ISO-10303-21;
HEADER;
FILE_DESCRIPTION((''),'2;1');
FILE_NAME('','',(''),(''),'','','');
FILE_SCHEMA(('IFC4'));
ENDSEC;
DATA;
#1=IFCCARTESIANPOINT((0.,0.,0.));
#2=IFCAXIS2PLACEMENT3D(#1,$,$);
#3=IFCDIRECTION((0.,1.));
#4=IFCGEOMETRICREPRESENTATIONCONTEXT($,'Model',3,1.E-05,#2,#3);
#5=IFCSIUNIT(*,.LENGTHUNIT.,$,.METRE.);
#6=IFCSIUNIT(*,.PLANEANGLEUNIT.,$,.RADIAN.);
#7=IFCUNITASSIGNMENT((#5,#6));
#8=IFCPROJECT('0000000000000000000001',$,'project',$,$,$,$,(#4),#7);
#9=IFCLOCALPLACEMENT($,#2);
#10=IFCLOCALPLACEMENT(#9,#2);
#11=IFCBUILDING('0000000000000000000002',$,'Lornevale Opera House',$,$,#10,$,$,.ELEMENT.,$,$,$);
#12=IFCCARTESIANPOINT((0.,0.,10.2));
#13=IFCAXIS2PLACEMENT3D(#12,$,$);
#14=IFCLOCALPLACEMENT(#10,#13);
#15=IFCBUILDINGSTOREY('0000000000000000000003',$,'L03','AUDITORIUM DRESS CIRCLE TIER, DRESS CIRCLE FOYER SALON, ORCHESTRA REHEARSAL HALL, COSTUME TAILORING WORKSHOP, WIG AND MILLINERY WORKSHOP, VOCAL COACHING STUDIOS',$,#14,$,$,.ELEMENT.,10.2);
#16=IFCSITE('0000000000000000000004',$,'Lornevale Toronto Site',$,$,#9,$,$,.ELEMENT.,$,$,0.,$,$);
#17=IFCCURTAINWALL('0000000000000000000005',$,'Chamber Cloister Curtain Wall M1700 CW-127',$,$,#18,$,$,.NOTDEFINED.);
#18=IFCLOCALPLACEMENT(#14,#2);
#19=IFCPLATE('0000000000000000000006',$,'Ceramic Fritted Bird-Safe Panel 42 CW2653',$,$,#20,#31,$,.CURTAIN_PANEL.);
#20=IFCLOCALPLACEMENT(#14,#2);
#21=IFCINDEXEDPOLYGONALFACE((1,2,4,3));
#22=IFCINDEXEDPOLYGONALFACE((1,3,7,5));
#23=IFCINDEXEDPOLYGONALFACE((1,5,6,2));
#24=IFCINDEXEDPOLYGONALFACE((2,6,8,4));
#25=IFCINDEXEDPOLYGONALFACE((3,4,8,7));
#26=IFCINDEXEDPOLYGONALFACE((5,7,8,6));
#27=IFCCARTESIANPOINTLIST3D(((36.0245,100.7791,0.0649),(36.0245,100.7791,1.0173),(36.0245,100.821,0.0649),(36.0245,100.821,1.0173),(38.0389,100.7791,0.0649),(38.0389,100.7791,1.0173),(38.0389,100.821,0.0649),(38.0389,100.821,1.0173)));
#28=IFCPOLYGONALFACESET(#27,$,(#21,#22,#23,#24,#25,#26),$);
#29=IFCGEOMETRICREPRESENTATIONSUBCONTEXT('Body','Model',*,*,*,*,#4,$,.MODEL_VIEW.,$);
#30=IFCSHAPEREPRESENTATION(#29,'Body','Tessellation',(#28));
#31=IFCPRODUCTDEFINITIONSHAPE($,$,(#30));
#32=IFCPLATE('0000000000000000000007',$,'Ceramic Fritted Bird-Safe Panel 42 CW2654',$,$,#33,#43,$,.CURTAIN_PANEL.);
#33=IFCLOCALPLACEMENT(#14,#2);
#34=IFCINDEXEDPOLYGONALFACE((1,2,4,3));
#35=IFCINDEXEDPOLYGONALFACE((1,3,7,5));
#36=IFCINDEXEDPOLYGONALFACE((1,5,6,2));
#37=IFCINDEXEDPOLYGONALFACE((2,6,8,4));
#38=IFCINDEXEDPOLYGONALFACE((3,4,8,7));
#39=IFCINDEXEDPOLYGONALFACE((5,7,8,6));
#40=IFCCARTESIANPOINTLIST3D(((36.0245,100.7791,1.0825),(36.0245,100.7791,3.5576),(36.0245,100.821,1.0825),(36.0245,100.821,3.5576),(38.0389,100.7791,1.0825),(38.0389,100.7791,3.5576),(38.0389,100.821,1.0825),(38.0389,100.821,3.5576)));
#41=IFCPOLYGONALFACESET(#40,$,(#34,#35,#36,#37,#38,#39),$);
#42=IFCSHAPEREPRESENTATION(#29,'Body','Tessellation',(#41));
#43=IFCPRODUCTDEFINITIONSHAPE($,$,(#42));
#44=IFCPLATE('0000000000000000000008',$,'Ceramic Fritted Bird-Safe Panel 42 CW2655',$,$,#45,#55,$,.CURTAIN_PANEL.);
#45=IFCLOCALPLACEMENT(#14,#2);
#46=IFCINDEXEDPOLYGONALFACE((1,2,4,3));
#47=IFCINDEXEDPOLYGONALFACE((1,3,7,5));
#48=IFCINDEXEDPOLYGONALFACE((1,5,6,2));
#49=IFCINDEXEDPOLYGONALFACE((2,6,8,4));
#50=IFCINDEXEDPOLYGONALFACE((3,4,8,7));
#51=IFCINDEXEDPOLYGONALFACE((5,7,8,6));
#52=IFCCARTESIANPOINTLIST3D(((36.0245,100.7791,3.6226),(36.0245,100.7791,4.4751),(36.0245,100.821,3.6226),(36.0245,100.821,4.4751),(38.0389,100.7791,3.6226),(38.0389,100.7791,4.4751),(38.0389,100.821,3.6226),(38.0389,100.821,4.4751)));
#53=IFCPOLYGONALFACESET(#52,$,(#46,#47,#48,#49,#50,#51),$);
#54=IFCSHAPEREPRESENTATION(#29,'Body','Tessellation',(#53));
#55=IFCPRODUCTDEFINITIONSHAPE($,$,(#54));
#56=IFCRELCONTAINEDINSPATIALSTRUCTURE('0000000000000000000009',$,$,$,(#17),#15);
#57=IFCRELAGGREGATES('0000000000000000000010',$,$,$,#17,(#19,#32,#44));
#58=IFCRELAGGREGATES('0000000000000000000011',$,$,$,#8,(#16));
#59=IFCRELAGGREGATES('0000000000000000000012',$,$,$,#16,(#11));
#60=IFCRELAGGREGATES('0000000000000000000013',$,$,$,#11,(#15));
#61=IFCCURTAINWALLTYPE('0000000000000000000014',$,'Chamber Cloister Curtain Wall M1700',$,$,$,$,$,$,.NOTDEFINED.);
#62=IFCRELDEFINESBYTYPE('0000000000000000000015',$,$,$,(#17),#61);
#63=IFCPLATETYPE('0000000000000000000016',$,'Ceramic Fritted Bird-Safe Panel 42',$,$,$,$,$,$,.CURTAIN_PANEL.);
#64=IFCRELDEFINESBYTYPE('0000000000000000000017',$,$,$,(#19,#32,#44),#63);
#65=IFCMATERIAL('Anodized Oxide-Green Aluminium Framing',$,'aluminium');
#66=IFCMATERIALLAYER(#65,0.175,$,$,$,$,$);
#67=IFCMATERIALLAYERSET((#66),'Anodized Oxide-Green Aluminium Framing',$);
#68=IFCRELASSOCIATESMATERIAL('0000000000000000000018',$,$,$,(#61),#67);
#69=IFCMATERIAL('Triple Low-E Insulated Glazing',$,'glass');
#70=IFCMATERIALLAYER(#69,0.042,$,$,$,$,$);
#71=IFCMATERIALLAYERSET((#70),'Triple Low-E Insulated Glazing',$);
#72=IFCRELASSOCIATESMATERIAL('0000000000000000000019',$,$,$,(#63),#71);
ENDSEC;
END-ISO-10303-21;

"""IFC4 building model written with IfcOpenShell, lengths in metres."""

from ifc_helpers import new_model, si_unit, direction, frame, origin, origin_2d, place, context, subcontext, project, spatial, rectangle, extrude, material, layer, layer_set, type_object, element, aggregate, save


model = new_model("IFC4")

# Units and contexts
model_context = context("Model", 3, precision=1e-05, world=origin(), true_north=direction((0.0, 1.0)))
body_context = subcontext(model_context, "Body", "Model", "MODEL_VIEW")
ifc_project = project(units=[si_unit("LENGTHUNIT", "METRE"), si_unit("PLANEANGLEUNIT", "RADIAN")], contexts=[model_context])

# Site, building, storey
site_placement = place(None, origin())
site = spatial("IfcSite", under=ifc_project, at=site_placement, Name="Lornevale Toronto Site", CompositionType="ELEMENT", RefElevation=0.0)
building_placement = place(site_placement, origin())
building = spatial("IfcBuilding", under=site, at=building_placement, Name="Lornevale Opera House", CompositionType="ELEMENT")
storey_placement = place(building_placement, frame((0.0, 0.0, 10.2)))
storey = spatial("IfcBuildingStorey", under=building, at=storey_placement, Name="L03", Description="AUDITORIUM DRESS CIRCLE TIER, DRESS CIRCLE FOYER SALON, ORCHESTRA REHEARSAL HALL, COSTUME TAILORING WORKSHOP, WIG AND MILLINERY WORKSHOP, VOCAL COACHING STUDIOS", CompositionType="ELEMENT", Elevation=10.2)

# Curtain wall
ifc_material_1 = material(Name="Anodized Oxide-Green Aluminium Framing", Category="aluminium")
ifc_layer_1 = layer(ifc_material_1, 0.175)
ifc_layer_set_1 = layer_set([ifc_layer_1], Name="Anodized Oxide-Green Aluminium Framing")
curtain_wall_type = type_object("IfcCurtainWallType", Name="Chamber Cloister Curtain Wall M1700", PredefinedType="NOTDEFINED", material=ifc_layer_set_1)
curtain_wall_1_placement = place(storey_placement, origin())
curtain_wall_1 = element("IfcCurtainWall", 1, at=curtain_wall_1_placement, inside=storey, type_object=curtain_wall_type, Name="Chamber Cloister Curtain Wall M1700 CW-127", PredefinedType="NOTDEFINED")

# Plates
ifc_material_2 = material(Name="Triple Low-E Insulated Glazing", Category="glass")
ifc_layer_2 = layer(ifc_material_2, 0.042)
ifc_layer_set_2 = layer_set([ifc_layer_2], Name="Triple Low-E Insulated Glazing")
plate_type = type_object("IfcPlateType", Name="Ceramic Fritted Bird-Safe Panel 42", PredefinedType="CURTAIN_PANEL", material=ifc_layer_set_2)
plate_1_placement = place(storey_placement, frame((37.0317, 100.8, 0.0649), z_axis=(0.0, 0.0, 1.0), x_axis=(1.0, 0.0, 0.0)))
plate_1 = element("IfcPlate", 2, at=plate_1_placement, type_object=plate_type, Name="Ceramic Fritted Bird-Safe Panel 42 CW2653", PredefinedType="CURTAIN_PANEL", context=body_context, shape_type="SweptSolid", body=[
    extrude(rectangle(XDim=2.0144, YDim=0.042, at=origin_2d()), origin(), (0.0, 0.0, 1.0), 0.9524),
])
plate_2_placement = place(storey_placement, frame((37.0317, 100.8, 1.0825), z_axis=(0.0, 0.0, 1.0), x_axis=(1.0, 0.0, 0.0)))
plate_2 = element("IfcPlate", 3, at=plate_2_placement, type_object=plate_type, Name="Ceramic Fritted Bird-Safe Panel 42 CW2654", PredefinedType="CURTAIN_PANEL", context=body_context, shape_type="SweptSolid", body=[
    extrude(rectangle(XDim=2.0144, YDim=0.042, at=origin_2d()), origin(), (0.0, 0.0, 1.0), 2.4751),
])
plate_3_placement = place(storey_placement, frame((37.0317, 100.8, 3.6226), z_axis=(0.0, 0.0, 1.0), x_axis=(1.0, 0.0, 0.0)))
plate_3 = element("IfcPlate", 4, at=plate_3_placement, type_object=plate_type, Name="Ceramic Fritted Bird-Safe Panel 42 CW2655", PredefinedType="CURTAIN_PANEL", context=body_context, shape_type="SweptSolid", body=[
    extrude(rectangle(XDim=2.0144, YDim=0.042, at=origin_2d()), origin(), (0.0, 0.0, 1.0), 0.8525),
])
aggregate(curtain_wall_1, [plate_1, plate_2, plate_3])

save(model, "model.ifc")
